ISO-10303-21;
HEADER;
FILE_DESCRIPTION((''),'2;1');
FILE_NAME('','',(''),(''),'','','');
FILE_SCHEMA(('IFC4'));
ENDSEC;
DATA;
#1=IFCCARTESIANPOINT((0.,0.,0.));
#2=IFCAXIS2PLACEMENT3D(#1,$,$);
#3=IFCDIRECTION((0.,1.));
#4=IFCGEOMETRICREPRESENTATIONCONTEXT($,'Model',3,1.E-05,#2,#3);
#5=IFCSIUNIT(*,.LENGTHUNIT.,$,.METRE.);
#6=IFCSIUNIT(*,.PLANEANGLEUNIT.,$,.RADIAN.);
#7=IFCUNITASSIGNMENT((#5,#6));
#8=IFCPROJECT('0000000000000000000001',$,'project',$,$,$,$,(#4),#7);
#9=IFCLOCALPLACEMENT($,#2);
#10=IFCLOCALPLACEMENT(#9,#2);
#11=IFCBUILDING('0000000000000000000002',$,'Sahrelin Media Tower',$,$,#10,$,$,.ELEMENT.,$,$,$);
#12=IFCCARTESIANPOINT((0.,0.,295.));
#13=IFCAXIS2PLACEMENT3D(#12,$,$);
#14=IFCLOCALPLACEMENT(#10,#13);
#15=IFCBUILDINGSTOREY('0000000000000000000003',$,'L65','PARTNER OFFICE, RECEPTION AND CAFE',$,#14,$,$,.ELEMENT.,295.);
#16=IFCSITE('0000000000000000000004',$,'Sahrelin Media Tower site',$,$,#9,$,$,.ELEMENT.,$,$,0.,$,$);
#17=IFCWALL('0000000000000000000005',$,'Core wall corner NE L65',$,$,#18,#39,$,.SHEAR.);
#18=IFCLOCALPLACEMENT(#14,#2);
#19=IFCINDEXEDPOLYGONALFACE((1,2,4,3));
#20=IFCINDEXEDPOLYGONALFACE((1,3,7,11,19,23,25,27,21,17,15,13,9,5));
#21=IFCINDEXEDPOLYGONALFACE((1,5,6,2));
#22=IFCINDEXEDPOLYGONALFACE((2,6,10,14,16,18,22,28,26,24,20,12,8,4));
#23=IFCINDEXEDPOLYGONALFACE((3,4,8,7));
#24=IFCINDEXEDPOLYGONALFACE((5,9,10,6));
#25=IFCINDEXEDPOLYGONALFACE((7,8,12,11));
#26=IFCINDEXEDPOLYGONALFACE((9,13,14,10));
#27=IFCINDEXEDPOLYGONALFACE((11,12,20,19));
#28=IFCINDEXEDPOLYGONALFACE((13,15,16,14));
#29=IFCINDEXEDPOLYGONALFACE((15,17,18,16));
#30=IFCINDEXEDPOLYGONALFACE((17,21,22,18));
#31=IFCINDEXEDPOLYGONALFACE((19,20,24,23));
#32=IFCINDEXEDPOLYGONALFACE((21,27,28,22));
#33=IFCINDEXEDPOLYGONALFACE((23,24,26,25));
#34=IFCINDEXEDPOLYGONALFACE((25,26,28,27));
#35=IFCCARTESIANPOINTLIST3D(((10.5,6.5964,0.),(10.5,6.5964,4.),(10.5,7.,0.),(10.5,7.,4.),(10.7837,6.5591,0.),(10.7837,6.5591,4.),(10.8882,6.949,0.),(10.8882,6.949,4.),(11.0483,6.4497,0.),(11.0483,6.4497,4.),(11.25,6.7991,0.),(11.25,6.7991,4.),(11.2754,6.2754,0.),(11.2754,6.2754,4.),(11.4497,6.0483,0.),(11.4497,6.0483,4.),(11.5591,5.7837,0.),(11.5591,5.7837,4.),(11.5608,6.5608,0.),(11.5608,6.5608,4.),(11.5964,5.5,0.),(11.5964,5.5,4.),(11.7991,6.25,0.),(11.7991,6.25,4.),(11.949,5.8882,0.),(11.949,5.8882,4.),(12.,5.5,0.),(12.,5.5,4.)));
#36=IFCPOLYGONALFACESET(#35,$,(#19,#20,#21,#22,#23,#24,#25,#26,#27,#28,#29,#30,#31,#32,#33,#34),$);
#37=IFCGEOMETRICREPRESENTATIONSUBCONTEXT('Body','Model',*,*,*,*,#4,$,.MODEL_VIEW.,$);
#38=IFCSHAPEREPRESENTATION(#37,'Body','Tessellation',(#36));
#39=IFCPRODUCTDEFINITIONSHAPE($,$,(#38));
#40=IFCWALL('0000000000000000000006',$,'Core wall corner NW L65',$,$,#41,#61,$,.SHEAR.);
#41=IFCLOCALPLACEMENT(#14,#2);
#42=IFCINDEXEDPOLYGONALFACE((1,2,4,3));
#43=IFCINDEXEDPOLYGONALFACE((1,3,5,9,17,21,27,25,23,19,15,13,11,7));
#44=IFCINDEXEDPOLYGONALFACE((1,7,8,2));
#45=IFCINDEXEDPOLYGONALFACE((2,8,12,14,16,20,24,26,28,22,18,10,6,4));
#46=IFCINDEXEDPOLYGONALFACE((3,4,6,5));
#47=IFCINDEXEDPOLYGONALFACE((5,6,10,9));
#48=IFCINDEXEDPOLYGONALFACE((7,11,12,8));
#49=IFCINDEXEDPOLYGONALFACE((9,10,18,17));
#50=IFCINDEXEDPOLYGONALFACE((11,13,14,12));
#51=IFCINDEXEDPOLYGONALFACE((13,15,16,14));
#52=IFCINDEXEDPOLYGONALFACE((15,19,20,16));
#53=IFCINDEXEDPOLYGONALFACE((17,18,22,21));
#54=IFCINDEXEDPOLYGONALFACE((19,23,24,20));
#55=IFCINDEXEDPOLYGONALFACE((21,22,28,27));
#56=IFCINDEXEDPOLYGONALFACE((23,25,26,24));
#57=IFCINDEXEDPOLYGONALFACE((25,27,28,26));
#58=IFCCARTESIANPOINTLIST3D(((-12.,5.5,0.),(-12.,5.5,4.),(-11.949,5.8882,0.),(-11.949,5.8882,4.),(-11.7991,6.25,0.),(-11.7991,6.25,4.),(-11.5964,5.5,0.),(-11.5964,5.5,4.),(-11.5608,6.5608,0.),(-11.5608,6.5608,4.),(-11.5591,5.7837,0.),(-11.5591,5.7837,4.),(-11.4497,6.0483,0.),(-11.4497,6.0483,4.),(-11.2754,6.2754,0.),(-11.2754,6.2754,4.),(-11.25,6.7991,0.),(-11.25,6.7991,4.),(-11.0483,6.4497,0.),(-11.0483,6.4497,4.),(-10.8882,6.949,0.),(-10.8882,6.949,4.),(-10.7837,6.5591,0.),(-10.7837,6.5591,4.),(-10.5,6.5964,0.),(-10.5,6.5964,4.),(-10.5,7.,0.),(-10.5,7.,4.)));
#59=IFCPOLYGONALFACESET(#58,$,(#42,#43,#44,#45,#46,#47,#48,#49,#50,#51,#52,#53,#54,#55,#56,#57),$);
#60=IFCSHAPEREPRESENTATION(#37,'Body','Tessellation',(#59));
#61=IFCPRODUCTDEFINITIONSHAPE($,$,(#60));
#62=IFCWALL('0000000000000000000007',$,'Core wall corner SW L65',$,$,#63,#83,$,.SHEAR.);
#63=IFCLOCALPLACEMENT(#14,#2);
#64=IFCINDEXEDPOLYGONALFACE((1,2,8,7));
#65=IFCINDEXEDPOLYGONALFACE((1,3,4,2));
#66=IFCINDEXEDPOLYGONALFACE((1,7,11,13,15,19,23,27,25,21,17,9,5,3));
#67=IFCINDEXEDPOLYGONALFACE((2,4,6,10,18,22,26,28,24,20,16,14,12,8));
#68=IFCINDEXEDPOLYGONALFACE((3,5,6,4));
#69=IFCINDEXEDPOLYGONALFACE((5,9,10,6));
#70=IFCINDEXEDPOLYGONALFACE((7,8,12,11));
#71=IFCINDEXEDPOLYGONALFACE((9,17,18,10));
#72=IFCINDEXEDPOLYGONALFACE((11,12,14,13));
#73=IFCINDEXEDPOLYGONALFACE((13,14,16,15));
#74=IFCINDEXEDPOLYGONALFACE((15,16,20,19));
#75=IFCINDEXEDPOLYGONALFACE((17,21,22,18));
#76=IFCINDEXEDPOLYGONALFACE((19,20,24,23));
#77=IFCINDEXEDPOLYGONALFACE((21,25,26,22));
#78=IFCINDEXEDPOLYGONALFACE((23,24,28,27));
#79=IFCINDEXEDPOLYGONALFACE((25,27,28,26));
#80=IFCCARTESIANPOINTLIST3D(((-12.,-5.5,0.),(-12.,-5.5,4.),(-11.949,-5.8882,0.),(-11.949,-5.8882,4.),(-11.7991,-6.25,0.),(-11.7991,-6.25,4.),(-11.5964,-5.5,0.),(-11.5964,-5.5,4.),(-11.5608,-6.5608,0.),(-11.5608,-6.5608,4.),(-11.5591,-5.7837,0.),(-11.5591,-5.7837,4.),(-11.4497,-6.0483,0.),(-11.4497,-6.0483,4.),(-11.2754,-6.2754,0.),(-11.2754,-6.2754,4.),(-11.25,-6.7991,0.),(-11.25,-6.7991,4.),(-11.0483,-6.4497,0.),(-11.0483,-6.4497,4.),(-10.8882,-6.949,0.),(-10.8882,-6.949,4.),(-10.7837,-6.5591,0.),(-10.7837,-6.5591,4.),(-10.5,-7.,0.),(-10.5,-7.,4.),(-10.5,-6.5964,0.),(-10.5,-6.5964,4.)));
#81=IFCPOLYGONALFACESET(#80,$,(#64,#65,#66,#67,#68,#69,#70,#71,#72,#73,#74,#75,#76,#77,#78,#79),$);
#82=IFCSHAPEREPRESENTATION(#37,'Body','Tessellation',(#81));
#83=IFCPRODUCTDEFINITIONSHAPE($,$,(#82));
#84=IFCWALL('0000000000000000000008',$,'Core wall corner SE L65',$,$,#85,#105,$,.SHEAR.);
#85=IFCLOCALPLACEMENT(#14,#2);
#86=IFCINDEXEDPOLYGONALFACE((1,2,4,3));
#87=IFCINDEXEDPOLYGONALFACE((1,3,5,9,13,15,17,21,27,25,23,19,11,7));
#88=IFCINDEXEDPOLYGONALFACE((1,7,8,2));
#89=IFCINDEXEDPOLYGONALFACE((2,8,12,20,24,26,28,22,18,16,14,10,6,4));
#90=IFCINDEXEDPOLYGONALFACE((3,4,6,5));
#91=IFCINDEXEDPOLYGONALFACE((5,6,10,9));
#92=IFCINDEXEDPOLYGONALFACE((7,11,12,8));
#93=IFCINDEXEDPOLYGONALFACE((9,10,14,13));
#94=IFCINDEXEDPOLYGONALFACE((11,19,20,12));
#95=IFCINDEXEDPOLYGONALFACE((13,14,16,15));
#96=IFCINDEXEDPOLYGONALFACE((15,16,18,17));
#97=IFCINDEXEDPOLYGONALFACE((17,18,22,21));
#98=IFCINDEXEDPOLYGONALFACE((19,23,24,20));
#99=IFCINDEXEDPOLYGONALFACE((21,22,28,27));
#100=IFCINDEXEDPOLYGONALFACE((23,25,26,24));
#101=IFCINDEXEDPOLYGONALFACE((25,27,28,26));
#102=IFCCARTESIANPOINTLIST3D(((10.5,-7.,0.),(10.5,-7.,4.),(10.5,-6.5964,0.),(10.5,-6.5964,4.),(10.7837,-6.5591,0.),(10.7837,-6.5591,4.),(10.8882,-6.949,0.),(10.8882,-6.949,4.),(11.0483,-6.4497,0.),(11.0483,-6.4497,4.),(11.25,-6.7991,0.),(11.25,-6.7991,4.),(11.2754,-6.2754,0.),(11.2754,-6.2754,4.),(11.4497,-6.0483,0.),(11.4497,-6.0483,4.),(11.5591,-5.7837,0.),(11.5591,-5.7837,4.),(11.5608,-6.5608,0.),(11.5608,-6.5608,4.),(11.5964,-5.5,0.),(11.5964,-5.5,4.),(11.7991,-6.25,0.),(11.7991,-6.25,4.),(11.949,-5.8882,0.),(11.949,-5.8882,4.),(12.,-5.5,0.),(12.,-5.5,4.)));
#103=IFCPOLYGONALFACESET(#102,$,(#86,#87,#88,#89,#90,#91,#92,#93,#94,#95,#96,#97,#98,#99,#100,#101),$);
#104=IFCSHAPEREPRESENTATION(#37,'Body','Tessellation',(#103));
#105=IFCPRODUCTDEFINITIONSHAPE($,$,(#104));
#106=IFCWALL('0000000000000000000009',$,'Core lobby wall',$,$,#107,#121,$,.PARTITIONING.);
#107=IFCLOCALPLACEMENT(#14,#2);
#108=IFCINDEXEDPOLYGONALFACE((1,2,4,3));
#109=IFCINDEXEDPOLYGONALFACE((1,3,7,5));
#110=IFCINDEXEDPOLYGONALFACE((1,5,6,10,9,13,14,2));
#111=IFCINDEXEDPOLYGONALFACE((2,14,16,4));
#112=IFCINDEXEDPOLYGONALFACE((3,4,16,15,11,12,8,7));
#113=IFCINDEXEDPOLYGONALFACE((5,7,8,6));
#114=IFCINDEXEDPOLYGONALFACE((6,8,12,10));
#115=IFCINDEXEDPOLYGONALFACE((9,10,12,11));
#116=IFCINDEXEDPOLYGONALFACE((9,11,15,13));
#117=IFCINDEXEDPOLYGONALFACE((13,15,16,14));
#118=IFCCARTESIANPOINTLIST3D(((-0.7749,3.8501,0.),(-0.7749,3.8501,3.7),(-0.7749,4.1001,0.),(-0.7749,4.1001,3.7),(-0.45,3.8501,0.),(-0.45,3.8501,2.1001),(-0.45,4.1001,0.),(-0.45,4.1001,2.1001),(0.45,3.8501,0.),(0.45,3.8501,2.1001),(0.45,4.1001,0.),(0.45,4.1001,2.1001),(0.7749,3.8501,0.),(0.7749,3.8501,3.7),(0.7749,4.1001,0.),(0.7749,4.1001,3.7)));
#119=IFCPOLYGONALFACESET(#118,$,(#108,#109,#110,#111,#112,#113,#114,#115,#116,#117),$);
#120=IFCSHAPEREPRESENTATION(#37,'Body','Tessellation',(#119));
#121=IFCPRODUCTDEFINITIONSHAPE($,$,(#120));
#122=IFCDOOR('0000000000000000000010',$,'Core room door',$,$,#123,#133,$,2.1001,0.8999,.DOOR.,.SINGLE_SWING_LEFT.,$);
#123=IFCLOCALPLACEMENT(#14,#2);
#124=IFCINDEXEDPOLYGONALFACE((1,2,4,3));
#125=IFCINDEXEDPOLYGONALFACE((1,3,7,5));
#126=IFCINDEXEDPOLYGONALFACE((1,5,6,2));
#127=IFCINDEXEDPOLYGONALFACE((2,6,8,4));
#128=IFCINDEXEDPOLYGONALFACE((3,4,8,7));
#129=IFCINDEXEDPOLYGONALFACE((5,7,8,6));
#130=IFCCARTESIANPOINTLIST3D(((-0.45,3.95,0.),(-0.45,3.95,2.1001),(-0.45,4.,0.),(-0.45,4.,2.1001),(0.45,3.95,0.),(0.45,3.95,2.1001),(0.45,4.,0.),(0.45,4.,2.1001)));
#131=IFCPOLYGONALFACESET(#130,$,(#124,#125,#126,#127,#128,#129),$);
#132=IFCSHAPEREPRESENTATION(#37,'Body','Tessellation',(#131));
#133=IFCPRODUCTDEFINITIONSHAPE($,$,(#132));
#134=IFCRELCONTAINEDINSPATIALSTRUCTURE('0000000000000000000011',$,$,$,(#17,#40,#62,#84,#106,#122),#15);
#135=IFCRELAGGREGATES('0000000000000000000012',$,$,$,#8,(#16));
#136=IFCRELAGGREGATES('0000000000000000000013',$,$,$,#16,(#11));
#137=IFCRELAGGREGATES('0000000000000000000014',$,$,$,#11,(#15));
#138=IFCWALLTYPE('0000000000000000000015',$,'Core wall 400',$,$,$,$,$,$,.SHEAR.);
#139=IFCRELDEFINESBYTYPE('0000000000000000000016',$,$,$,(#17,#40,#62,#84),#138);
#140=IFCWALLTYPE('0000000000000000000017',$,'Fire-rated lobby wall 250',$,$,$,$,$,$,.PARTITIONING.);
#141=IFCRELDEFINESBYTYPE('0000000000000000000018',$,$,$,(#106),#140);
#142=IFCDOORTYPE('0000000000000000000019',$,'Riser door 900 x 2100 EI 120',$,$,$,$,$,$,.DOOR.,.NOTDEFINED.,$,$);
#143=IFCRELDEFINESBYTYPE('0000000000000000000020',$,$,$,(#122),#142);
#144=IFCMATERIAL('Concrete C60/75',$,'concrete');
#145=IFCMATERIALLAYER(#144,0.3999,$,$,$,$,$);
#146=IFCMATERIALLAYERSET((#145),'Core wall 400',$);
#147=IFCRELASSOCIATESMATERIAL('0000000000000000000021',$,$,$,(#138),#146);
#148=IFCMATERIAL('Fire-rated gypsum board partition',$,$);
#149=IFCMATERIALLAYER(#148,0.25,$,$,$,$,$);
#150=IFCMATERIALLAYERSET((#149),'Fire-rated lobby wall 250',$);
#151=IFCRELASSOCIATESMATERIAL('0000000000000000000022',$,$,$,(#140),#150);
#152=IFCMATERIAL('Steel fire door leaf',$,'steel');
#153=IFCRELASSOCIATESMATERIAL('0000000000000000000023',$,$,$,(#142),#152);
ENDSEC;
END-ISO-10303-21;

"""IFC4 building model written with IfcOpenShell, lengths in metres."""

from ifc_helpers import new_model, si_unit, direction, frame, frame_2d, origin, place, context, subcontext, project, spatial, polyline, rectangle, outline, extrude, material, layer, layer_set, type_object, element, fill, save


model = new_model("IFC4")

# Units and contexts
model_context = context("Model", 3, precision=1e-05, world=origin(), true_north=direction((0.0, 1.0)))
body_context = subcontext(model_context, "Body", "Model", "MODEL_VIEW")
ifc_project = project(units=[si_unit("LENGTHUNIT", "METRE"), si_unit("PLANEANGLEUNIT", "RADIAN")], contexts=[model_context])

# Site, building, storey
site_placement = place(None, origin())
site = spatial("IfcSite", under=ifc_project, at=site_placement, Name="Sahrelin Media Tower site", CompositionType="ELEMENT", RefElevation=0.0)
building_placement = place(site_placement, origin())
building = spatial("IfcBuilding", under=site, at=building_placement, Name="Sahrelin Media Tower", CompositionType="ELEMENT")
storey_placement = place(building_placement, frame((0.0, 0.0, 295.0)))
storey = spatial("IfcBuildingStorey", under=building, at=storey_placement, Name="L65", Description="PARTNER OFFICE, RECEPTION AND CAFE", CompositionType="ELEMENT", Elevation=295.0)

# Walls
ifc_material_1 = material(Name="Concrete C60/75", Category="concrete")
ifc_layer_1 = layer(ifc_material_1, 0.3999)
ifc_layer_set_1 = layer_set([ifc_layer_1], Name="Core wall 400")
wall_type_1 = type_object("IfcWallType", Name="Core wall 400", PredefinedType="SHEAR", material=ifc_layer_set_1)
placement = place(storey_placement, origin())
element("IfcWall", 1, at=placement, inside=storey, type_object=wall_type_1, Name="Core wall corner NE L65", PredefinedType="SHEAR", context=body_context, shape_type="SweptSolid", body=[
    extrude(outline(polyline([(10.5, 7.0), (10.5, 6.5964), (10.7837, 6.5591), (11.0483, 6.4497), (11.2754, 6.2754), (11.4497, 6.0483), (11.5591, 5.7837), (11.5964, 5.5), (12.0, 5.5), (11.949, 5.8882), (11.7991, 6.25), (11.5608, 6.5608), (11.25, 6.7991), (10.8882, 6.949), (10.5, 7.0)])), origin(), (0.0, 0.0, 1.0), 4.0),
])
element("IfcWall", 2, at=placement, inside=storey, type_object=wall_type_1, Name="Core wall corner NW L65", PredefinedType="SHEAR", context=body_context, shape_type="SweptSolid", body=[
    extrude(outline(polyline([(-12.0, 5.5), (-11.5964, 5.5), (-11.5591, 5.7837), (-11.4497, 6.0483), (-11.2754, 6.2754), (-11.0483, 6.4497), (-10.7837, 6.5591), (-10.5, 6.5964), (-10.5, 7.0), (-10.8882, 6.949), (-11.25, 6.7991), (-11.5608, 6.5608), (-11.7991, 6.25), (-11.949, 5.8882), (-12.0, 5.5)])), origin(), (0.0, 0.0, 1.0), 4.0),
])
element("IfcWall", 3, at=placement, inside=storey, type_object=wall_type_1, Name="Core wall corner SW L65", PredefinedType="SHEAR", context=body_context, shape_type="SweptSolid", body=[
    extrude(outline(polyline([(-10.5, -7.0), (-10.5, -6.5964), (-10.7837, -6.5591), (-11.0483, -6.4497), (-11.2754, -6.2754), (-11.4497, -6.0483), (-11.5591, -5.7837), (-11.5964, -5.5), (-12.0, -5.5), (-11.949, -5.8882), (-11.7991, -6.25), (-11.5608, -6.5608), (-11.25, -6.7991), (-10.8882, -6.949), (-10.5, -7.0)])), origin(), (0.0, 0.0, 1.0), 4.0),
])
element("IfcWall", 4, at=placement, inside=storey, type_object=wall_type_1, Name="Core wall corner SE L65", PredefinedType="SHEAR", context=body_context, shape_type="SweptSolid", body=[
    extrude(outline(polyline([(12.0, -5.5), (11.5964, -5.5), (11.5591, -5.7837), (11.4497, -6.0483), (11.2754, -6.2754), (11.0483, -6.4497), (10.7837, -6.5591), (10.5, -6.5964), (10.5, -7.0), (10.8882, -6.949), (11.25, -6.7991), (11.5608, -6.5608), (11.7991, -6.25), (11.949, -5.8882), (12.0, -5.5)])), origin(), (0.0, 0.0, 1.0), 4.0),
])

# Wall, opening, door
ifc_material_2 = material(Name="Fire-rated gypsum board partition")
ifc_layer_2 = layer(ifc_material_2, 0.25)
ifc_layer_set_2 = layer_set([ifc_layer_2], Name="Fire-rated lobby wall 250")
wall_type_2 = type_object("IfcWallType", Name="Fire-rated lobby wall 250", PredefinedType="PARTITIONING", material=ifc_layer_set_2)
wall_1_placement = place(storey_placement, frame((-0.7749, 3.9751, 0.0), z_axis=(0.0, 0.0, 1.0), x_axis=(1.0, 0.0, 0.0)))
wall_1 = element("IfcWall", 5, at=wall_1_placement, inside=storey, type_object=wall_type_2, Name="Core lobby wall", PredefinedType="PARTITIONING", context=body_context, shape_type="SweptSolid", body=[
    extrude(rectangle(XDim=1.5498, YDim=0.25, at=frame_2d((0.7749, 0.0))), origin(), (0.0, 0.0, 1.0), 3.7),
])
opening_1_placement = place(wall_1_placement, frame((0.325, 0.0, 0.0)))
opening_1 = element("IfcOpeningElement", 6, at=opening_1_placement, cuts=wall_1, PredefinedType="OPENING", context=body_context, shape_type="SweptSolid", body=[
    extrude(rectangle(XDim=0.8999, YDim=2.1001, at=frame_2d((0.45, 1.05))), frame((0.0, 0.125, 0.0), z_axis=(0.0, -1.0, 0.0), x_axis=(1.0, 0.0, 0.0)), (0.0, 0.0, 1.0), 0.25),
])
ifc_material_3 = material(Name="Steel fire door leaf", Category="steel")
door_type_1 = type_object("IfcDoorType", Name="Riser door 900 x 2100 EI 120", OperationType="NOTDEFINED", PredefinedType="DOOR", material=ifc_material_3)
door_1_placement = place(opening_1_placement, origin())
door_1 = element("IfcDoor", 7, at=door_1_placement, inside=storey, type_object=door_type_1, Name="Core room door", OperationType="SINGLE_SWING_LEFT", OverallHeight=2.1001, OverallWidth=0.8999, PredefinedType="DOOR", context=body_context, shape_type="SweptSolid", body=[
    extrude(rectangle(XDim=0.8999, YDim=2.1001, at=frame_2d((0.45, 1.05))), frame((0.0, 0.0249, 0.0), z_axis=(0.0, -1.0, 0.0), x_axis=(1.0, 0.0, 0.0)), (0.0, 0.0, 1.0), 0.05),
])
fill(opening_1, door_1)

save(model, "model.ifc")
